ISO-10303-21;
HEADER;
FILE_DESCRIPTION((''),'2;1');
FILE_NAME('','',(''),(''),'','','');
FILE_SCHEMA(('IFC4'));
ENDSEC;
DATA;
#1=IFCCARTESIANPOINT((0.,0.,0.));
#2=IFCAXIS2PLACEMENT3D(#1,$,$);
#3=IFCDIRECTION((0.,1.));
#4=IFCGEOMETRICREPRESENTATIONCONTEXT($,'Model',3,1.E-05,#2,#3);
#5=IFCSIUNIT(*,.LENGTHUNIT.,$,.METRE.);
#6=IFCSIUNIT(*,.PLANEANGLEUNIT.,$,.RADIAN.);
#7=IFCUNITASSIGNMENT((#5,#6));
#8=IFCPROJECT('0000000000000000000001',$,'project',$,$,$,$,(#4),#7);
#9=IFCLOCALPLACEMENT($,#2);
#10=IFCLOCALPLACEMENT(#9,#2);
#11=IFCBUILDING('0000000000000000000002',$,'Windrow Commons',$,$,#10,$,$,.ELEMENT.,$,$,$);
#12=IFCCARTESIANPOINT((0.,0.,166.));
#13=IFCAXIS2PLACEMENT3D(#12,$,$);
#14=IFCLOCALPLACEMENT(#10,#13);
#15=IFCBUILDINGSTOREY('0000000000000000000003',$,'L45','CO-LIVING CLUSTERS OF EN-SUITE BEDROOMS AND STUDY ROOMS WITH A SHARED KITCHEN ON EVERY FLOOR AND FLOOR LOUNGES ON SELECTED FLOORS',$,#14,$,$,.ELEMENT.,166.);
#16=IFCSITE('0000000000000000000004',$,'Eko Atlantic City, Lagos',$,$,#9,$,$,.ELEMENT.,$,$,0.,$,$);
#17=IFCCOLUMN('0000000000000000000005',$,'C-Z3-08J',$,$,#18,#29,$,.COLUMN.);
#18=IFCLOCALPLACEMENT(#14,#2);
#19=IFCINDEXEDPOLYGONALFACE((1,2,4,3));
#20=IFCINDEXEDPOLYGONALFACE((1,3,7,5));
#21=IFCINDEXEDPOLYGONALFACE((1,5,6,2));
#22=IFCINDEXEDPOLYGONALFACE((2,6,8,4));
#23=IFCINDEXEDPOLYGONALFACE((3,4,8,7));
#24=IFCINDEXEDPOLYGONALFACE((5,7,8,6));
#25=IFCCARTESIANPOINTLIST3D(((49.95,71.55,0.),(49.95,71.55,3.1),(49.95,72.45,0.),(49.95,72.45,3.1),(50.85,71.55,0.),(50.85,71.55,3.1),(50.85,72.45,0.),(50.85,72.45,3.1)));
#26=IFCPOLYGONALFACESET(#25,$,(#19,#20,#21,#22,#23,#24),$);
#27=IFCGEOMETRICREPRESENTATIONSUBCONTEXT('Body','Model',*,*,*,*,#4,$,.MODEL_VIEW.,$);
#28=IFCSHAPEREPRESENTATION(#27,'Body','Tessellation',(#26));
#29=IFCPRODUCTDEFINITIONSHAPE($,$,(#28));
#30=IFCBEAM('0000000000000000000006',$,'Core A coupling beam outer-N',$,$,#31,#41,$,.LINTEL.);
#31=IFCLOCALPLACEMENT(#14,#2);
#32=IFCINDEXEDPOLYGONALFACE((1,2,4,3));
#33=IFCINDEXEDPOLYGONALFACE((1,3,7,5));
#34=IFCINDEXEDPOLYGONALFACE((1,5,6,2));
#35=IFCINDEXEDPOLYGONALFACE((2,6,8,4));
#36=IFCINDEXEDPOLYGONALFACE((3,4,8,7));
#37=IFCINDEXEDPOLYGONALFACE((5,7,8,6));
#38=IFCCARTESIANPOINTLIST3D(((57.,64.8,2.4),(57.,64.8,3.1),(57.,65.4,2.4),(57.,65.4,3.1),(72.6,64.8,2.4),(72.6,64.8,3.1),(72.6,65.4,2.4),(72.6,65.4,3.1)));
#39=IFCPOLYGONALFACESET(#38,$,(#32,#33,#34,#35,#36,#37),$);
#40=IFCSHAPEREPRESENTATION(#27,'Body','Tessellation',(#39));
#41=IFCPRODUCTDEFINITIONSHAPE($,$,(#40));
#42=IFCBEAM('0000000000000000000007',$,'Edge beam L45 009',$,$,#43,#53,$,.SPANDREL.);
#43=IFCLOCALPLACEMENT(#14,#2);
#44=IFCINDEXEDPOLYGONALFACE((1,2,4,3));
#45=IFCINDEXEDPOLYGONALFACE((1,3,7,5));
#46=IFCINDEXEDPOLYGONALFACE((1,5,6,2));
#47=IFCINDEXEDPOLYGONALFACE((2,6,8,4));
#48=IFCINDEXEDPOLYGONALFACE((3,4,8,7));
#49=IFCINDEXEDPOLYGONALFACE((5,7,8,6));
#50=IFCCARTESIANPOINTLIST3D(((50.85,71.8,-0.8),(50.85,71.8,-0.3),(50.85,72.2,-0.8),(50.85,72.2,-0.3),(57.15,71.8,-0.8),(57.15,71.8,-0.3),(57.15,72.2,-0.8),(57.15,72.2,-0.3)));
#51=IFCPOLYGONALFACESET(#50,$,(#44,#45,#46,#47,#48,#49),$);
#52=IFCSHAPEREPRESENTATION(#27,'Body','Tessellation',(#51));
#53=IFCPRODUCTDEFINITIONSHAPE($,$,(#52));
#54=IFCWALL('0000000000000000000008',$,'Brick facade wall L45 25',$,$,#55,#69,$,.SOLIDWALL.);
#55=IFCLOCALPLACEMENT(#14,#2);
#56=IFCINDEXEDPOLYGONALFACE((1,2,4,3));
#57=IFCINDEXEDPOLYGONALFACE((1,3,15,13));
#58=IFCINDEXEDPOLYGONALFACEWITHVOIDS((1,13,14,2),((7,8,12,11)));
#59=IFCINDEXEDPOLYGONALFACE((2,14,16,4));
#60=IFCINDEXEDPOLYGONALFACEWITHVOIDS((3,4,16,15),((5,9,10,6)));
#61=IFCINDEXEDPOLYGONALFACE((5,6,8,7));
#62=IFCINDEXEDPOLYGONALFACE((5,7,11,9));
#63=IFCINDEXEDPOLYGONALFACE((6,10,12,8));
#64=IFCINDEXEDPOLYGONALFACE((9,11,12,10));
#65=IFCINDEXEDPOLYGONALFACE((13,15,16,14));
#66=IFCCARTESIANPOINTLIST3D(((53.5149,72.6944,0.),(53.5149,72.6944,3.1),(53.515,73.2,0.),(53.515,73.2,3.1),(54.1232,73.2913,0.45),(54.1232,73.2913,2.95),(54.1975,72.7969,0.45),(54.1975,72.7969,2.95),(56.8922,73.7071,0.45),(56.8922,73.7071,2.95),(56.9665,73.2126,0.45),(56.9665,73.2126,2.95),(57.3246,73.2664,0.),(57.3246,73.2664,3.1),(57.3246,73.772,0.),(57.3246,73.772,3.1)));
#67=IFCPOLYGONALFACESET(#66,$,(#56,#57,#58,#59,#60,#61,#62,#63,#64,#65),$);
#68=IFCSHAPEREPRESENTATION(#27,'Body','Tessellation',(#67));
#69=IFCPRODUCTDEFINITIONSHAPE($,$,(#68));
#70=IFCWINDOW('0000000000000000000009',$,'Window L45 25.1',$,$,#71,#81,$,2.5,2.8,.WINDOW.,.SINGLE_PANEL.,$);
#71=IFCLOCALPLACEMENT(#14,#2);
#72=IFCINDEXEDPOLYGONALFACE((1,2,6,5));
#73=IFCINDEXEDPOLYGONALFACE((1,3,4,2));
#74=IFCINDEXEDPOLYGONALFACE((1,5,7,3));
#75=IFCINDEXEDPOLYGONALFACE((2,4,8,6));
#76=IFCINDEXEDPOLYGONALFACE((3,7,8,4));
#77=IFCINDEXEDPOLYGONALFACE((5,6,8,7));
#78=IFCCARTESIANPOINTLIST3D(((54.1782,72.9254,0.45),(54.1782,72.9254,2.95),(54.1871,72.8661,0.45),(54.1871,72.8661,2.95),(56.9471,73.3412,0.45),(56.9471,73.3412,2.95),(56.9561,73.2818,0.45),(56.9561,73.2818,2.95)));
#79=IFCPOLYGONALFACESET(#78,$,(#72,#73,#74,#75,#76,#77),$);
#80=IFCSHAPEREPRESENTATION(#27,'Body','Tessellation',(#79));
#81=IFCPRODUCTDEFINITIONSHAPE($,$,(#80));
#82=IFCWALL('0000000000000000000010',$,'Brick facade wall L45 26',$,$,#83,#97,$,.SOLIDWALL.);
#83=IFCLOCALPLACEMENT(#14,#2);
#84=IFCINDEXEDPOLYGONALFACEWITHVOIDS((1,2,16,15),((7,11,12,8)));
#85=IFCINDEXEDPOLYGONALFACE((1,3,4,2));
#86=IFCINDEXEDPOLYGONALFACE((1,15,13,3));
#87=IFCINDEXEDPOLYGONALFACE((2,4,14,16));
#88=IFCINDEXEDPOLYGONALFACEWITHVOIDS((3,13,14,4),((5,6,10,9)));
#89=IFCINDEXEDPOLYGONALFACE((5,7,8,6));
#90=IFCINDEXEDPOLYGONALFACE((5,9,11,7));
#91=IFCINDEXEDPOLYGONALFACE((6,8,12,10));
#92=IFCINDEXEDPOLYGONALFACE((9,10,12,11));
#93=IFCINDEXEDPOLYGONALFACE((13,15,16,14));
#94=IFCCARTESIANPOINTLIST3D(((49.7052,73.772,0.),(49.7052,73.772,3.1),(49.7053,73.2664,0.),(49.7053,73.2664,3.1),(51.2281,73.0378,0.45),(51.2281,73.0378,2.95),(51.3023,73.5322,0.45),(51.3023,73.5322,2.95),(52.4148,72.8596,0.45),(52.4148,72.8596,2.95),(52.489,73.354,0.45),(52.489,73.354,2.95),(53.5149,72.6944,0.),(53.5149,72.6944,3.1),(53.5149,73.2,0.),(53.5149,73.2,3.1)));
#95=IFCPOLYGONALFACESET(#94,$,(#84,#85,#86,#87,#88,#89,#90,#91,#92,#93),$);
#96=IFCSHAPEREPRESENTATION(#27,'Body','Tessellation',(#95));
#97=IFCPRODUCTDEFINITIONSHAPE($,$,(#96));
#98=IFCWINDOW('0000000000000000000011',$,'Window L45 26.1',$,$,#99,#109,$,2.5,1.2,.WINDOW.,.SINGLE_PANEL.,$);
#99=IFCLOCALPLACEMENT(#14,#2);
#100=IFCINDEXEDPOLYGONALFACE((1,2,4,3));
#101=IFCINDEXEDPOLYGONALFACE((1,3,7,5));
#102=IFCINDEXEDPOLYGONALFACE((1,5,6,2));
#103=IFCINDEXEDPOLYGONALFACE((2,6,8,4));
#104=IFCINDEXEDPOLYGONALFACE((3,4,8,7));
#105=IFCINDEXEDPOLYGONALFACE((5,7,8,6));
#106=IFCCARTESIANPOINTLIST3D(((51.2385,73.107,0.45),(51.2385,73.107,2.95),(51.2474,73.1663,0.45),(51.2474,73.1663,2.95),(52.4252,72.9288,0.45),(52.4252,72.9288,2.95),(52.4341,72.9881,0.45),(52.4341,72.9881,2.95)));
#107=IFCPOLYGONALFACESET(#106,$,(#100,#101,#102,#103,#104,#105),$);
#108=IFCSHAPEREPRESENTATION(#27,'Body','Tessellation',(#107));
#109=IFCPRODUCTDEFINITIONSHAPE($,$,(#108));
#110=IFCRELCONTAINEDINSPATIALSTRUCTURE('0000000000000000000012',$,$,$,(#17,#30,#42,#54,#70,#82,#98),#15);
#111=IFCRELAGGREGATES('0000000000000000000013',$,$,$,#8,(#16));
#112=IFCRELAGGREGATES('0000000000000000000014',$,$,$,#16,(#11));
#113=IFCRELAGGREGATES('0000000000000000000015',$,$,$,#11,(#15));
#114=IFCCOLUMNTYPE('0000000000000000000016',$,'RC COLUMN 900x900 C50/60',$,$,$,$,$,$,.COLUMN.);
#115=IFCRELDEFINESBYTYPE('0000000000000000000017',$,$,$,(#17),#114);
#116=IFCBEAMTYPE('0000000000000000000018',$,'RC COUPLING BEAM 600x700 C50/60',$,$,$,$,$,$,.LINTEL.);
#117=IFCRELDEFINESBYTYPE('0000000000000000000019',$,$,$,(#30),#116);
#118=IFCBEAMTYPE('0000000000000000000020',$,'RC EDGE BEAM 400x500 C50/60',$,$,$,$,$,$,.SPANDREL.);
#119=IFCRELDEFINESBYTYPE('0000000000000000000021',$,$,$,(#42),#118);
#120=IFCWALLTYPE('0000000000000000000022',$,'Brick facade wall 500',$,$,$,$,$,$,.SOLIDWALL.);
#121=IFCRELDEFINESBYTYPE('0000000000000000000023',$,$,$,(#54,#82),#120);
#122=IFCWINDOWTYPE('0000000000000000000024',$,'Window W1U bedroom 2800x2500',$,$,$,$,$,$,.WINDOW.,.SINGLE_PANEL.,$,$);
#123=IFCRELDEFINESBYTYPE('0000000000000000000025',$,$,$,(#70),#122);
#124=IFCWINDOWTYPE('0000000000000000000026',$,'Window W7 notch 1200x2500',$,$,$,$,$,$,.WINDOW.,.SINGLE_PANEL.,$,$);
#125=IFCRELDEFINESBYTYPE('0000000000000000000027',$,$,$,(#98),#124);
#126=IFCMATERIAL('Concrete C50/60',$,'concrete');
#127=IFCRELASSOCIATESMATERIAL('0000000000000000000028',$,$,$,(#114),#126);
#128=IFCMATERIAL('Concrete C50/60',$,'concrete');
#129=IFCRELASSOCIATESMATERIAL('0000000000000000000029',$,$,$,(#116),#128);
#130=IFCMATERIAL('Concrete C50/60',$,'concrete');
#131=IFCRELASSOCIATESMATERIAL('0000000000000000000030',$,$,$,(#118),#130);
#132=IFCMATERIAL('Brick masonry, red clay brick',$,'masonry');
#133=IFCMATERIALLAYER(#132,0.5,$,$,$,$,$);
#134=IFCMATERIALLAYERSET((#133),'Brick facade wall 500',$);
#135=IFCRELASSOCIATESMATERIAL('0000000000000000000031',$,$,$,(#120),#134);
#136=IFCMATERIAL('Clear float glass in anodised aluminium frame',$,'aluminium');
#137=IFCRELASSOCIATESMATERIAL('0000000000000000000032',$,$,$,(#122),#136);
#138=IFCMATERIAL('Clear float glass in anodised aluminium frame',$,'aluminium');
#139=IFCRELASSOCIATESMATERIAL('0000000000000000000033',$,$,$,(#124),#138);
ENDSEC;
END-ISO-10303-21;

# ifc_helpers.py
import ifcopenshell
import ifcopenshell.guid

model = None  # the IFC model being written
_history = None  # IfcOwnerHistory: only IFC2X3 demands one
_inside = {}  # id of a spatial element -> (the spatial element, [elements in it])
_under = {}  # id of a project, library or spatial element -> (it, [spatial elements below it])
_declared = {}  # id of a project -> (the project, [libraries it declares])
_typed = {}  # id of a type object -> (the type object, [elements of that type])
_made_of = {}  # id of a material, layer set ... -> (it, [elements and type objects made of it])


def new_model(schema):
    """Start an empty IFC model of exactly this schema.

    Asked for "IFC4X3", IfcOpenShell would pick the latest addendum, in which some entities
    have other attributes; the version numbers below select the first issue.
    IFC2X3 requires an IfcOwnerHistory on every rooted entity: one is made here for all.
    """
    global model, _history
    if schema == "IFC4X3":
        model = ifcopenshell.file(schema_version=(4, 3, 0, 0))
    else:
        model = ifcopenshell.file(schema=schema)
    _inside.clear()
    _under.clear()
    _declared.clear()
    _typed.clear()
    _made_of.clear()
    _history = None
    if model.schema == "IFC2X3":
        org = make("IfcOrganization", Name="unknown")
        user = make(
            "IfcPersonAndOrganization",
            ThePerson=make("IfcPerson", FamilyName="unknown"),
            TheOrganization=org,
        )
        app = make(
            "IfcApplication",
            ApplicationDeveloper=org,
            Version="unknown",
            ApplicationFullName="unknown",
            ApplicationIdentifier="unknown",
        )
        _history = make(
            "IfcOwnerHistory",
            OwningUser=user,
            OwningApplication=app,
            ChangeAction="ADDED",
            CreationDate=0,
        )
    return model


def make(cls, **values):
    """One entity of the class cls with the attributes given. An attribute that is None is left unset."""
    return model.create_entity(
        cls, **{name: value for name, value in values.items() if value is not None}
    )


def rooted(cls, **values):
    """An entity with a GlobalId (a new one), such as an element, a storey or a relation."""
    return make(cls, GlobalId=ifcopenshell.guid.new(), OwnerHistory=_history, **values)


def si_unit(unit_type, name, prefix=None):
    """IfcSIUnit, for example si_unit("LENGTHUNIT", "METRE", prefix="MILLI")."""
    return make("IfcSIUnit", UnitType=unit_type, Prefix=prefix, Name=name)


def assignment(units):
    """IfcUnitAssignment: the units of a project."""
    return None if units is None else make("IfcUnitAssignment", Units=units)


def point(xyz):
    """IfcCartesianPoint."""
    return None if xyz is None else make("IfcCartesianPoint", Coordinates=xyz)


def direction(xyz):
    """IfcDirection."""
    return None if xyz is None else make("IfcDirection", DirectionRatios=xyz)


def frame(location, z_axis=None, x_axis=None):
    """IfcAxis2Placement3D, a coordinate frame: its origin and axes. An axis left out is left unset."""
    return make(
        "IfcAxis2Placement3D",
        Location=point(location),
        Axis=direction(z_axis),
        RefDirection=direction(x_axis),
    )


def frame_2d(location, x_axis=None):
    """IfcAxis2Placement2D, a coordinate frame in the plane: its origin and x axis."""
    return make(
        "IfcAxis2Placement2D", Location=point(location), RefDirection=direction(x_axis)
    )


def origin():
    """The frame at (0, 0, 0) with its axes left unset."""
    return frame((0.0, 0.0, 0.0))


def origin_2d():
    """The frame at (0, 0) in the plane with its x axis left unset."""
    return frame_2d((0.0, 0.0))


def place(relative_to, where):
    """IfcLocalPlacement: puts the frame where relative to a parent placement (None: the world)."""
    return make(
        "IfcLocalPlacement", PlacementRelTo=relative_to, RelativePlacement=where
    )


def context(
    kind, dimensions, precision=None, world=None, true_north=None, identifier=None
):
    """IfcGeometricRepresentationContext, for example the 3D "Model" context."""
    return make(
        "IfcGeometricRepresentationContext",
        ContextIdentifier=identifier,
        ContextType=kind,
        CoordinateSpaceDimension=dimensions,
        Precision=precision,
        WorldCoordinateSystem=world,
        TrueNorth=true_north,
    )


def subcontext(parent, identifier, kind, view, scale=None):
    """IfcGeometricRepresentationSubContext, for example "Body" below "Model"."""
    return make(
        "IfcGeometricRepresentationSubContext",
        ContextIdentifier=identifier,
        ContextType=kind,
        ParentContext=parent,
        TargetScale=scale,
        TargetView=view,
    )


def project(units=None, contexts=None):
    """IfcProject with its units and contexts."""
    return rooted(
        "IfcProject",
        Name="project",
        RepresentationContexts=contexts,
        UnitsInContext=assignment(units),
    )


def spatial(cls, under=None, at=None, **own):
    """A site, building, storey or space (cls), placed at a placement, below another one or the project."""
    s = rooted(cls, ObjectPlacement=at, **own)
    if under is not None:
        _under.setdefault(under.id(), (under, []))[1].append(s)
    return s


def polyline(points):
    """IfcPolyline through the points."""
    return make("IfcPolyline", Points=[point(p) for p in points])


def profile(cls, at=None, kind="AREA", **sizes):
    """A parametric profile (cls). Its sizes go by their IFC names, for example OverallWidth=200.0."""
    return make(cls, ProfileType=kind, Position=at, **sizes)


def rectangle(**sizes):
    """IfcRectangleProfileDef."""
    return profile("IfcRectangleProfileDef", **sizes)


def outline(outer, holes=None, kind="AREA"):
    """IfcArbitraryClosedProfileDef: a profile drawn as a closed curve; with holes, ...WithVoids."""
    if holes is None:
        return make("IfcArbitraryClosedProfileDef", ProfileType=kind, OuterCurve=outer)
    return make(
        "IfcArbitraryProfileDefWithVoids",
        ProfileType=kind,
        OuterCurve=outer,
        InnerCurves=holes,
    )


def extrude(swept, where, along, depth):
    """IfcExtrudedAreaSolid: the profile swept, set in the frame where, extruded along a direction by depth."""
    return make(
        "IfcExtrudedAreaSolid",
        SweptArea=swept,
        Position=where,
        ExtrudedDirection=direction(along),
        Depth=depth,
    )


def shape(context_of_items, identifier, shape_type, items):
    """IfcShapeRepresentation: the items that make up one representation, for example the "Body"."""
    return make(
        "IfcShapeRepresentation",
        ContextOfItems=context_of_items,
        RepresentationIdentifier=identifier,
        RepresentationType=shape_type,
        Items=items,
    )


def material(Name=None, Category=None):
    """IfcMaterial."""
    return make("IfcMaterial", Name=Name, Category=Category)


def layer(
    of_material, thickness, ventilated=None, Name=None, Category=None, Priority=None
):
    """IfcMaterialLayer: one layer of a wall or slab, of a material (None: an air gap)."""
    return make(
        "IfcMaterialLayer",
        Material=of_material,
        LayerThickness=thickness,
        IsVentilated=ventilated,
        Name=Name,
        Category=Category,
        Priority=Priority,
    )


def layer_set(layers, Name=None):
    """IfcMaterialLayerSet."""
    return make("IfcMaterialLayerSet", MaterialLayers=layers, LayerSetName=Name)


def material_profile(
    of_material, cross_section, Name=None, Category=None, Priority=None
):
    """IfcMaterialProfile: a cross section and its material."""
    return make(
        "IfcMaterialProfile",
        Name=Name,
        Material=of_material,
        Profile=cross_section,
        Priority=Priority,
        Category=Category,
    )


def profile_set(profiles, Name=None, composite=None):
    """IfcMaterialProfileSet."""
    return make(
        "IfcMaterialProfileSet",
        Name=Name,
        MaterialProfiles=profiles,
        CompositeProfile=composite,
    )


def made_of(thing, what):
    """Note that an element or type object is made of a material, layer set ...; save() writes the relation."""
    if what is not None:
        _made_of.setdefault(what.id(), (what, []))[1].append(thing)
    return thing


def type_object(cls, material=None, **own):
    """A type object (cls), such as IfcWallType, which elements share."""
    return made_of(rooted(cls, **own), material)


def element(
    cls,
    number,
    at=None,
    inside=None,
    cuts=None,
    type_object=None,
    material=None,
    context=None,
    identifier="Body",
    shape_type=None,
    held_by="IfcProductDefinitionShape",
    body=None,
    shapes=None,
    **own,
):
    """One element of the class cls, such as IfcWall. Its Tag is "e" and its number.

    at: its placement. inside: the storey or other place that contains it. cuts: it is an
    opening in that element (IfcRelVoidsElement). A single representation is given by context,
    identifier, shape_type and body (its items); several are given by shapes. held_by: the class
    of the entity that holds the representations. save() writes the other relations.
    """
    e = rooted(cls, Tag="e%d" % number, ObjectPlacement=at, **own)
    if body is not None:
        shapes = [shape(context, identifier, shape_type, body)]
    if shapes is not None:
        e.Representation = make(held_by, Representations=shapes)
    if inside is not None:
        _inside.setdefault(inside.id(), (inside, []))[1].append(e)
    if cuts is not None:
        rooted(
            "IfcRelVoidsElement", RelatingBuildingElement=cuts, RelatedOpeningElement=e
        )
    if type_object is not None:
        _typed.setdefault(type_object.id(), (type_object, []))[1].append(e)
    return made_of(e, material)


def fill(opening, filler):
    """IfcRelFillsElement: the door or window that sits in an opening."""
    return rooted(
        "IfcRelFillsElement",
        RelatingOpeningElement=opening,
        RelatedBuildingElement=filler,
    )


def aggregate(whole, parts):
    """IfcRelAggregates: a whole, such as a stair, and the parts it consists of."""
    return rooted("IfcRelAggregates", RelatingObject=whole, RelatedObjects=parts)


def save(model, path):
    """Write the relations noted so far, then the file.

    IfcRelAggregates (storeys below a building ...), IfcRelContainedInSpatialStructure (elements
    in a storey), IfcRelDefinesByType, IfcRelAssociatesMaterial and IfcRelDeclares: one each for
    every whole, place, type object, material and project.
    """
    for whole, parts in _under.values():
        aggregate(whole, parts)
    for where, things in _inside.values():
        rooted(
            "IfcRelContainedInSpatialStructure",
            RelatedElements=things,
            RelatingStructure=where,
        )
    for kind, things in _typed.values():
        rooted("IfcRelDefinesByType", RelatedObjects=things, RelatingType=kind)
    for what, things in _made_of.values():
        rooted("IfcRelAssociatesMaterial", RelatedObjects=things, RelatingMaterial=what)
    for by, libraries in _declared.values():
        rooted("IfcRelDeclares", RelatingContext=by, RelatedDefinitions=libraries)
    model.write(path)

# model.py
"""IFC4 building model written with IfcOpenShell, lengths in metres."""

from ifc_helpers import new_model, si_unit, direction, frame, frame_2d, origin, origin_2d, place, context, subcontext, project, spatial, polyline, rectangle, outline, extrude, material, layer, layer_set, material_profile, profile_set, type_object, element, fill, save


model = new_model("IFC4")

# Units and contexts
model_context = context("Model", 3, precision=1e-05, world=origin(), true_north=direction((0.0, 1.0)))
body_context = subcontext(model_context, "Body", "Model", "MODEL_VIEW")
ifc_project = project(units=[si_unit("LENGTHUNIT", "METRE"), si_unit("PLANEANGLEUNIT", "RADIAN")], contexts=[model_context])

# Site, building, storey
site_placement = place(None, origin())
site = spatial("IfcSite", under=ifc_project, at=site_placement, Name="Eko Atlantic City, Lagos", CompositionType="ELEMENT", RefElevation=0.0)
building_placement = place(site_placement, origin())
building = spatial("IfcBuilding", under=site, at=building_placement, Name="Windrow Commons", CompositionType="ELEMENT")
storey_placement = place(building_placement, frame((0.0, 0.0, 166.0)))
storey = spatial("IfcBuildingStorey", under=building, at=storey_placement, Name="L45", Description="CO-LIVING CLUSTERS OF EN-SUITE BEDROOMS AND STUDY ROOMS WITH A SHARED KITCHEN ON EVERY FLOOR AND FLOOR LOUNGES ON SELECTED FLOORS", CompositionType="ELEMENT", Elevation=166.0)

# Column
ifc_material_1 = material(Name="Concrete C50/60", Category="concrete")
ifc_material_profile_1 = material_profile(ifc_material_1, rectangle(XDim=0.9, YDim=0.9, at=origin_2d()))
ifc_profile_set_1 = profile_set([ifc_material_profile_1], Name="Concrete C50/60")
column_type = type_object("IfcColumnType", Name="RC COLUMN 900x900 C50/60", PredefinedType="COLUMN", material=ifc_profile_set_1)
column_placement = place(storey_placement, frame((50.4, 72.0, 0.0), z_axis=(0.0, 0.0, 1.0), x_axis=(1.0, 0.0, 0.0)))
element("IfcColumn", 1, at=column_placement, inside=storey, type_object=column_type, Name="C-Z3-08J", PredefinedType="COLUMN", context=body_context, shape_type="SweptSolid", body=[
    extrude(rectangle(XDim=0.9, YDim=0.9, at=origin_2d()), origin(), (0.0, 0.0, 1.0), 3.1),
])

# Beams
ifc_material_2 = material(Name="Concrete C50/60", Category="concrete")
ifc_material_profile_2 = material_profile(ifc_material_2, rectangle(XDim=0.6, YDim=0.7, at=origin_2d()))
ifc_profile_set_2 = profile_set([ifc_material_profile_2], Name="Concrete C50/60")
beam_type_1 = type_object("IfcBeamType", Name="RC COUPLING BEAM 600x700 C50/60", PredefinedType="LINTEL", material=ifc_profile_set_2)
beam_1_placement = place(storey_placement, frame((57.0, 65.1, 2.75), z_axis=(1.0, 0.0, 0.0), x_axis=(0.0, 1.0, 0.0)))
element("IfcBeam", 2, at=beam_1_placement, inside=storey, type_object=beam_type_1, Name="Core A coupling beam outer-N", PredefinedType="LINTEL", context=body_context, shape_type="SweptSolid", body=[
    extrude(rectangle(XDim=0.6, YDim=0.7, at=origin_2d()), origin(), (0.0, 0.0, 1.0), 15.6),
])
ifc_material_3 = material(Name="Concrete C50/60", Category="concrete")
ifc_material_profile_3 = material_profile(ifc_material_3, rectangle(XDim=0.4, YDim=0.5, at=origin_2d()))
ifc_profile_set_3 = profile_set([ifc_material_profile_3], Name="Concrete C50/60")
beam_type_2 = type_object("IfcBeamType", Name="RC EDGE BEAM 400x500 C50/60", PredefinedType="SPANDREL", material=ifc_profile_set_3)
beam_2_placement = place(storey_placement, frame((50.85, 72.0, -0.55), z_axis=(1.0, 0.0, 0.0), x_axis=(0.0, 1.0, 0.0)))
element("IfcBeam", 3, at=beam_2_placement, inside=storey, type_object=beam_type_2, Name="Edge beam L45 009", PredefinedType="SPANDREL", context=body_context, shape_type="SweptSolid", body=[
    extrude(rectangle(XDim=0.4, YDim=0.5, at=origin_2d()), origin(), (0.0, 0.0, 1.0), 6.3),
])

# Walls, openings, windows
ifc_material_4 = material(Name="Brick masonry, red clay brick", Category="masonry")
ifc_layer_1 = layer(ifc_material_4, 0.5)
ifc_layer_set_1 = layer_set([ifc_layer_1], Name="Brick facade wall 500")
wall_type_1 = type_object("IfcWallType", Name="Brick facade wall 500", PredefinedType="SOLIDWALL", material=ifc_layer_set_1)
wall_1_placement = place(storey_placement, frame((57.3246, 73.5192, 0.0), z_axis=(0.0, 0.0, 1.0), x_axis=(-0.988916, -0.148479, 0.0)))
wall_1 = element("IfcWall", 4, at=wall_1_placement, inside=storey, type_object=wall_type_1, Name="Brick facade wall L45 25", PredefinedType="SOLIDWALL", context=body_context, shape_type="SweptSolid", body=[
    extrude(outline(polyline([(-0.0375, -0.25), (3.8148, -0.25), (3.8899, 0.25), (0.0375, 0.25), (-0.0375, -0.25)])), origin(), (0.0, 0.0, 1.0), 3.1),
])
opening_1_placement = place(wall_1_placement, frame((0.3997, 0.0, 0.45)))
opening_1 = element("IfcOpeningElement", 5, at=opening_1_placement, cuts=wall_1, PredefinedType="OPENING", context=body_context, shape_type="SweptSolid", body=[
    extrude(rectangle(XDim=2.8, YDim=2.5, at=frame_2d((1.4, 1.25))), frame((0.0, 0.26, 0.0), z_axis=(0.0, -1.0, 0.0), x_axis=(1.0, 0.0, 0.0)), (0.0, 0.0, 1.0), 0.52),
])
ifc_material_5 = material(Name="Clear float glass in anodised aluminium frame", Category="aluminium")
window_type_1 = type_object("IfcWindowType", Name="Window W1U bedroom 2800x2500", PartitioningType="SINGLE_PANEL", PredefinedType="WINDOW", material=ifc_material_5)
window_1_placement = place(opening_1_placement, origin())
window_1 = element("IfcWindow", 6, at=window_1_placement, inside=storey, type_object=window_type_1, Name="Window L45 25.1", OverallHeight=2.5, OverallWidth=2.8, PartitioningType="SINGLE_PANEL", PredefinedType="WINDOW", context=body_context, shape_type="SweptSolid", body=[
    extrude(rectangle(XDim=2.8, YDim=2.5, at=frame_2d((1.4, 1.25))), frame((0.0, 0.18, 0.0), z_axis=(0.0, -1.0, 0.0), x_axis=(1.0, 0.0, 0.0)), (0.0, 0.0, 1.0), 0.06),
])
fill(opening_1, window_1)
wall_2_placement = place(storey_placement, frame((53.5149, 72.9472, 0.0), z_axis=(0.0, 0.0, 1.0), x_axis=(-0.988915, 0.148483, 0.0)))
wall_2 = element("IfcWall", 7, at=wall_2_placement, inside=storey, type_object=wall_type_1, Name="Brick facade wall L45 26", PredefinedType="SOLIDWALL", context=body_context, shape_type="SweptSolid", body=[
    extrude(outline(polyline([(0.0375, -0.25), (3.8899, -0.25), (3.8148, 0.25), (-0.0375, 0.25), (0.0375, -0.25)])), origin(), (0.0, 0.0, 1.0), 3.1),
])
opening_2_placement = place(wall_2_placement, frame((1.0749, 0.0, 0.45)))
opening_2 = element("IfcOpeningElement", 8, at=opening_2_placement, cuts=wall_2, PredefinedType="OPENING", context=body_context, shape_type="SweptSolid", body=[
    extrude(rectangle(XDim=1.2, YDim=2.5, at=frame_2d((0.6, 1.25))), frame((0.0, 0.26, 0.0), z_axis=(0.0, -1.0, 0.0), x_axis=(1.0, 0.0, 0.0)), (0.0, 0.0, 1.0), 0.52),
])
ifc_material_6 = material(Name="Clear float glass in anodised aluminium frame", Category="aluminium")
window_type_2 = type_object("IfcWindowType", Name="Window W7 notch 1200x2500", PartitioningType="SINGLE_PANEL", PredefinedType="WINDOW", material=ifc_material_6)
window_2_placement = place(opening_2_placement, origin())
window_2 = element("IfcWindow", 9, at=window_2_placement, inside=storey, type_object=window_type_2, Name="Window L45 26.1", OverallHeight=2.5, OverallWidth=1.2, PartitioningType="SINGLE_PANEL", PredefinedType="WINDOW", context=body_context, shape_type="SweptSolid", body=[
    extrude(rectangle(XDim=1.2, YDim=2.5, at=frame_2d((0.6, 1.25))), frame((0.0, 0.18, 0.0), z_axis=(0.0, -1.0, 0.0), x_axis=(1.0, 0.0, 0.0)), (0.0, 0.0, 1.0), 0.06),
])
fill(opening_2, window_2)

save(model, "model.ifc")
